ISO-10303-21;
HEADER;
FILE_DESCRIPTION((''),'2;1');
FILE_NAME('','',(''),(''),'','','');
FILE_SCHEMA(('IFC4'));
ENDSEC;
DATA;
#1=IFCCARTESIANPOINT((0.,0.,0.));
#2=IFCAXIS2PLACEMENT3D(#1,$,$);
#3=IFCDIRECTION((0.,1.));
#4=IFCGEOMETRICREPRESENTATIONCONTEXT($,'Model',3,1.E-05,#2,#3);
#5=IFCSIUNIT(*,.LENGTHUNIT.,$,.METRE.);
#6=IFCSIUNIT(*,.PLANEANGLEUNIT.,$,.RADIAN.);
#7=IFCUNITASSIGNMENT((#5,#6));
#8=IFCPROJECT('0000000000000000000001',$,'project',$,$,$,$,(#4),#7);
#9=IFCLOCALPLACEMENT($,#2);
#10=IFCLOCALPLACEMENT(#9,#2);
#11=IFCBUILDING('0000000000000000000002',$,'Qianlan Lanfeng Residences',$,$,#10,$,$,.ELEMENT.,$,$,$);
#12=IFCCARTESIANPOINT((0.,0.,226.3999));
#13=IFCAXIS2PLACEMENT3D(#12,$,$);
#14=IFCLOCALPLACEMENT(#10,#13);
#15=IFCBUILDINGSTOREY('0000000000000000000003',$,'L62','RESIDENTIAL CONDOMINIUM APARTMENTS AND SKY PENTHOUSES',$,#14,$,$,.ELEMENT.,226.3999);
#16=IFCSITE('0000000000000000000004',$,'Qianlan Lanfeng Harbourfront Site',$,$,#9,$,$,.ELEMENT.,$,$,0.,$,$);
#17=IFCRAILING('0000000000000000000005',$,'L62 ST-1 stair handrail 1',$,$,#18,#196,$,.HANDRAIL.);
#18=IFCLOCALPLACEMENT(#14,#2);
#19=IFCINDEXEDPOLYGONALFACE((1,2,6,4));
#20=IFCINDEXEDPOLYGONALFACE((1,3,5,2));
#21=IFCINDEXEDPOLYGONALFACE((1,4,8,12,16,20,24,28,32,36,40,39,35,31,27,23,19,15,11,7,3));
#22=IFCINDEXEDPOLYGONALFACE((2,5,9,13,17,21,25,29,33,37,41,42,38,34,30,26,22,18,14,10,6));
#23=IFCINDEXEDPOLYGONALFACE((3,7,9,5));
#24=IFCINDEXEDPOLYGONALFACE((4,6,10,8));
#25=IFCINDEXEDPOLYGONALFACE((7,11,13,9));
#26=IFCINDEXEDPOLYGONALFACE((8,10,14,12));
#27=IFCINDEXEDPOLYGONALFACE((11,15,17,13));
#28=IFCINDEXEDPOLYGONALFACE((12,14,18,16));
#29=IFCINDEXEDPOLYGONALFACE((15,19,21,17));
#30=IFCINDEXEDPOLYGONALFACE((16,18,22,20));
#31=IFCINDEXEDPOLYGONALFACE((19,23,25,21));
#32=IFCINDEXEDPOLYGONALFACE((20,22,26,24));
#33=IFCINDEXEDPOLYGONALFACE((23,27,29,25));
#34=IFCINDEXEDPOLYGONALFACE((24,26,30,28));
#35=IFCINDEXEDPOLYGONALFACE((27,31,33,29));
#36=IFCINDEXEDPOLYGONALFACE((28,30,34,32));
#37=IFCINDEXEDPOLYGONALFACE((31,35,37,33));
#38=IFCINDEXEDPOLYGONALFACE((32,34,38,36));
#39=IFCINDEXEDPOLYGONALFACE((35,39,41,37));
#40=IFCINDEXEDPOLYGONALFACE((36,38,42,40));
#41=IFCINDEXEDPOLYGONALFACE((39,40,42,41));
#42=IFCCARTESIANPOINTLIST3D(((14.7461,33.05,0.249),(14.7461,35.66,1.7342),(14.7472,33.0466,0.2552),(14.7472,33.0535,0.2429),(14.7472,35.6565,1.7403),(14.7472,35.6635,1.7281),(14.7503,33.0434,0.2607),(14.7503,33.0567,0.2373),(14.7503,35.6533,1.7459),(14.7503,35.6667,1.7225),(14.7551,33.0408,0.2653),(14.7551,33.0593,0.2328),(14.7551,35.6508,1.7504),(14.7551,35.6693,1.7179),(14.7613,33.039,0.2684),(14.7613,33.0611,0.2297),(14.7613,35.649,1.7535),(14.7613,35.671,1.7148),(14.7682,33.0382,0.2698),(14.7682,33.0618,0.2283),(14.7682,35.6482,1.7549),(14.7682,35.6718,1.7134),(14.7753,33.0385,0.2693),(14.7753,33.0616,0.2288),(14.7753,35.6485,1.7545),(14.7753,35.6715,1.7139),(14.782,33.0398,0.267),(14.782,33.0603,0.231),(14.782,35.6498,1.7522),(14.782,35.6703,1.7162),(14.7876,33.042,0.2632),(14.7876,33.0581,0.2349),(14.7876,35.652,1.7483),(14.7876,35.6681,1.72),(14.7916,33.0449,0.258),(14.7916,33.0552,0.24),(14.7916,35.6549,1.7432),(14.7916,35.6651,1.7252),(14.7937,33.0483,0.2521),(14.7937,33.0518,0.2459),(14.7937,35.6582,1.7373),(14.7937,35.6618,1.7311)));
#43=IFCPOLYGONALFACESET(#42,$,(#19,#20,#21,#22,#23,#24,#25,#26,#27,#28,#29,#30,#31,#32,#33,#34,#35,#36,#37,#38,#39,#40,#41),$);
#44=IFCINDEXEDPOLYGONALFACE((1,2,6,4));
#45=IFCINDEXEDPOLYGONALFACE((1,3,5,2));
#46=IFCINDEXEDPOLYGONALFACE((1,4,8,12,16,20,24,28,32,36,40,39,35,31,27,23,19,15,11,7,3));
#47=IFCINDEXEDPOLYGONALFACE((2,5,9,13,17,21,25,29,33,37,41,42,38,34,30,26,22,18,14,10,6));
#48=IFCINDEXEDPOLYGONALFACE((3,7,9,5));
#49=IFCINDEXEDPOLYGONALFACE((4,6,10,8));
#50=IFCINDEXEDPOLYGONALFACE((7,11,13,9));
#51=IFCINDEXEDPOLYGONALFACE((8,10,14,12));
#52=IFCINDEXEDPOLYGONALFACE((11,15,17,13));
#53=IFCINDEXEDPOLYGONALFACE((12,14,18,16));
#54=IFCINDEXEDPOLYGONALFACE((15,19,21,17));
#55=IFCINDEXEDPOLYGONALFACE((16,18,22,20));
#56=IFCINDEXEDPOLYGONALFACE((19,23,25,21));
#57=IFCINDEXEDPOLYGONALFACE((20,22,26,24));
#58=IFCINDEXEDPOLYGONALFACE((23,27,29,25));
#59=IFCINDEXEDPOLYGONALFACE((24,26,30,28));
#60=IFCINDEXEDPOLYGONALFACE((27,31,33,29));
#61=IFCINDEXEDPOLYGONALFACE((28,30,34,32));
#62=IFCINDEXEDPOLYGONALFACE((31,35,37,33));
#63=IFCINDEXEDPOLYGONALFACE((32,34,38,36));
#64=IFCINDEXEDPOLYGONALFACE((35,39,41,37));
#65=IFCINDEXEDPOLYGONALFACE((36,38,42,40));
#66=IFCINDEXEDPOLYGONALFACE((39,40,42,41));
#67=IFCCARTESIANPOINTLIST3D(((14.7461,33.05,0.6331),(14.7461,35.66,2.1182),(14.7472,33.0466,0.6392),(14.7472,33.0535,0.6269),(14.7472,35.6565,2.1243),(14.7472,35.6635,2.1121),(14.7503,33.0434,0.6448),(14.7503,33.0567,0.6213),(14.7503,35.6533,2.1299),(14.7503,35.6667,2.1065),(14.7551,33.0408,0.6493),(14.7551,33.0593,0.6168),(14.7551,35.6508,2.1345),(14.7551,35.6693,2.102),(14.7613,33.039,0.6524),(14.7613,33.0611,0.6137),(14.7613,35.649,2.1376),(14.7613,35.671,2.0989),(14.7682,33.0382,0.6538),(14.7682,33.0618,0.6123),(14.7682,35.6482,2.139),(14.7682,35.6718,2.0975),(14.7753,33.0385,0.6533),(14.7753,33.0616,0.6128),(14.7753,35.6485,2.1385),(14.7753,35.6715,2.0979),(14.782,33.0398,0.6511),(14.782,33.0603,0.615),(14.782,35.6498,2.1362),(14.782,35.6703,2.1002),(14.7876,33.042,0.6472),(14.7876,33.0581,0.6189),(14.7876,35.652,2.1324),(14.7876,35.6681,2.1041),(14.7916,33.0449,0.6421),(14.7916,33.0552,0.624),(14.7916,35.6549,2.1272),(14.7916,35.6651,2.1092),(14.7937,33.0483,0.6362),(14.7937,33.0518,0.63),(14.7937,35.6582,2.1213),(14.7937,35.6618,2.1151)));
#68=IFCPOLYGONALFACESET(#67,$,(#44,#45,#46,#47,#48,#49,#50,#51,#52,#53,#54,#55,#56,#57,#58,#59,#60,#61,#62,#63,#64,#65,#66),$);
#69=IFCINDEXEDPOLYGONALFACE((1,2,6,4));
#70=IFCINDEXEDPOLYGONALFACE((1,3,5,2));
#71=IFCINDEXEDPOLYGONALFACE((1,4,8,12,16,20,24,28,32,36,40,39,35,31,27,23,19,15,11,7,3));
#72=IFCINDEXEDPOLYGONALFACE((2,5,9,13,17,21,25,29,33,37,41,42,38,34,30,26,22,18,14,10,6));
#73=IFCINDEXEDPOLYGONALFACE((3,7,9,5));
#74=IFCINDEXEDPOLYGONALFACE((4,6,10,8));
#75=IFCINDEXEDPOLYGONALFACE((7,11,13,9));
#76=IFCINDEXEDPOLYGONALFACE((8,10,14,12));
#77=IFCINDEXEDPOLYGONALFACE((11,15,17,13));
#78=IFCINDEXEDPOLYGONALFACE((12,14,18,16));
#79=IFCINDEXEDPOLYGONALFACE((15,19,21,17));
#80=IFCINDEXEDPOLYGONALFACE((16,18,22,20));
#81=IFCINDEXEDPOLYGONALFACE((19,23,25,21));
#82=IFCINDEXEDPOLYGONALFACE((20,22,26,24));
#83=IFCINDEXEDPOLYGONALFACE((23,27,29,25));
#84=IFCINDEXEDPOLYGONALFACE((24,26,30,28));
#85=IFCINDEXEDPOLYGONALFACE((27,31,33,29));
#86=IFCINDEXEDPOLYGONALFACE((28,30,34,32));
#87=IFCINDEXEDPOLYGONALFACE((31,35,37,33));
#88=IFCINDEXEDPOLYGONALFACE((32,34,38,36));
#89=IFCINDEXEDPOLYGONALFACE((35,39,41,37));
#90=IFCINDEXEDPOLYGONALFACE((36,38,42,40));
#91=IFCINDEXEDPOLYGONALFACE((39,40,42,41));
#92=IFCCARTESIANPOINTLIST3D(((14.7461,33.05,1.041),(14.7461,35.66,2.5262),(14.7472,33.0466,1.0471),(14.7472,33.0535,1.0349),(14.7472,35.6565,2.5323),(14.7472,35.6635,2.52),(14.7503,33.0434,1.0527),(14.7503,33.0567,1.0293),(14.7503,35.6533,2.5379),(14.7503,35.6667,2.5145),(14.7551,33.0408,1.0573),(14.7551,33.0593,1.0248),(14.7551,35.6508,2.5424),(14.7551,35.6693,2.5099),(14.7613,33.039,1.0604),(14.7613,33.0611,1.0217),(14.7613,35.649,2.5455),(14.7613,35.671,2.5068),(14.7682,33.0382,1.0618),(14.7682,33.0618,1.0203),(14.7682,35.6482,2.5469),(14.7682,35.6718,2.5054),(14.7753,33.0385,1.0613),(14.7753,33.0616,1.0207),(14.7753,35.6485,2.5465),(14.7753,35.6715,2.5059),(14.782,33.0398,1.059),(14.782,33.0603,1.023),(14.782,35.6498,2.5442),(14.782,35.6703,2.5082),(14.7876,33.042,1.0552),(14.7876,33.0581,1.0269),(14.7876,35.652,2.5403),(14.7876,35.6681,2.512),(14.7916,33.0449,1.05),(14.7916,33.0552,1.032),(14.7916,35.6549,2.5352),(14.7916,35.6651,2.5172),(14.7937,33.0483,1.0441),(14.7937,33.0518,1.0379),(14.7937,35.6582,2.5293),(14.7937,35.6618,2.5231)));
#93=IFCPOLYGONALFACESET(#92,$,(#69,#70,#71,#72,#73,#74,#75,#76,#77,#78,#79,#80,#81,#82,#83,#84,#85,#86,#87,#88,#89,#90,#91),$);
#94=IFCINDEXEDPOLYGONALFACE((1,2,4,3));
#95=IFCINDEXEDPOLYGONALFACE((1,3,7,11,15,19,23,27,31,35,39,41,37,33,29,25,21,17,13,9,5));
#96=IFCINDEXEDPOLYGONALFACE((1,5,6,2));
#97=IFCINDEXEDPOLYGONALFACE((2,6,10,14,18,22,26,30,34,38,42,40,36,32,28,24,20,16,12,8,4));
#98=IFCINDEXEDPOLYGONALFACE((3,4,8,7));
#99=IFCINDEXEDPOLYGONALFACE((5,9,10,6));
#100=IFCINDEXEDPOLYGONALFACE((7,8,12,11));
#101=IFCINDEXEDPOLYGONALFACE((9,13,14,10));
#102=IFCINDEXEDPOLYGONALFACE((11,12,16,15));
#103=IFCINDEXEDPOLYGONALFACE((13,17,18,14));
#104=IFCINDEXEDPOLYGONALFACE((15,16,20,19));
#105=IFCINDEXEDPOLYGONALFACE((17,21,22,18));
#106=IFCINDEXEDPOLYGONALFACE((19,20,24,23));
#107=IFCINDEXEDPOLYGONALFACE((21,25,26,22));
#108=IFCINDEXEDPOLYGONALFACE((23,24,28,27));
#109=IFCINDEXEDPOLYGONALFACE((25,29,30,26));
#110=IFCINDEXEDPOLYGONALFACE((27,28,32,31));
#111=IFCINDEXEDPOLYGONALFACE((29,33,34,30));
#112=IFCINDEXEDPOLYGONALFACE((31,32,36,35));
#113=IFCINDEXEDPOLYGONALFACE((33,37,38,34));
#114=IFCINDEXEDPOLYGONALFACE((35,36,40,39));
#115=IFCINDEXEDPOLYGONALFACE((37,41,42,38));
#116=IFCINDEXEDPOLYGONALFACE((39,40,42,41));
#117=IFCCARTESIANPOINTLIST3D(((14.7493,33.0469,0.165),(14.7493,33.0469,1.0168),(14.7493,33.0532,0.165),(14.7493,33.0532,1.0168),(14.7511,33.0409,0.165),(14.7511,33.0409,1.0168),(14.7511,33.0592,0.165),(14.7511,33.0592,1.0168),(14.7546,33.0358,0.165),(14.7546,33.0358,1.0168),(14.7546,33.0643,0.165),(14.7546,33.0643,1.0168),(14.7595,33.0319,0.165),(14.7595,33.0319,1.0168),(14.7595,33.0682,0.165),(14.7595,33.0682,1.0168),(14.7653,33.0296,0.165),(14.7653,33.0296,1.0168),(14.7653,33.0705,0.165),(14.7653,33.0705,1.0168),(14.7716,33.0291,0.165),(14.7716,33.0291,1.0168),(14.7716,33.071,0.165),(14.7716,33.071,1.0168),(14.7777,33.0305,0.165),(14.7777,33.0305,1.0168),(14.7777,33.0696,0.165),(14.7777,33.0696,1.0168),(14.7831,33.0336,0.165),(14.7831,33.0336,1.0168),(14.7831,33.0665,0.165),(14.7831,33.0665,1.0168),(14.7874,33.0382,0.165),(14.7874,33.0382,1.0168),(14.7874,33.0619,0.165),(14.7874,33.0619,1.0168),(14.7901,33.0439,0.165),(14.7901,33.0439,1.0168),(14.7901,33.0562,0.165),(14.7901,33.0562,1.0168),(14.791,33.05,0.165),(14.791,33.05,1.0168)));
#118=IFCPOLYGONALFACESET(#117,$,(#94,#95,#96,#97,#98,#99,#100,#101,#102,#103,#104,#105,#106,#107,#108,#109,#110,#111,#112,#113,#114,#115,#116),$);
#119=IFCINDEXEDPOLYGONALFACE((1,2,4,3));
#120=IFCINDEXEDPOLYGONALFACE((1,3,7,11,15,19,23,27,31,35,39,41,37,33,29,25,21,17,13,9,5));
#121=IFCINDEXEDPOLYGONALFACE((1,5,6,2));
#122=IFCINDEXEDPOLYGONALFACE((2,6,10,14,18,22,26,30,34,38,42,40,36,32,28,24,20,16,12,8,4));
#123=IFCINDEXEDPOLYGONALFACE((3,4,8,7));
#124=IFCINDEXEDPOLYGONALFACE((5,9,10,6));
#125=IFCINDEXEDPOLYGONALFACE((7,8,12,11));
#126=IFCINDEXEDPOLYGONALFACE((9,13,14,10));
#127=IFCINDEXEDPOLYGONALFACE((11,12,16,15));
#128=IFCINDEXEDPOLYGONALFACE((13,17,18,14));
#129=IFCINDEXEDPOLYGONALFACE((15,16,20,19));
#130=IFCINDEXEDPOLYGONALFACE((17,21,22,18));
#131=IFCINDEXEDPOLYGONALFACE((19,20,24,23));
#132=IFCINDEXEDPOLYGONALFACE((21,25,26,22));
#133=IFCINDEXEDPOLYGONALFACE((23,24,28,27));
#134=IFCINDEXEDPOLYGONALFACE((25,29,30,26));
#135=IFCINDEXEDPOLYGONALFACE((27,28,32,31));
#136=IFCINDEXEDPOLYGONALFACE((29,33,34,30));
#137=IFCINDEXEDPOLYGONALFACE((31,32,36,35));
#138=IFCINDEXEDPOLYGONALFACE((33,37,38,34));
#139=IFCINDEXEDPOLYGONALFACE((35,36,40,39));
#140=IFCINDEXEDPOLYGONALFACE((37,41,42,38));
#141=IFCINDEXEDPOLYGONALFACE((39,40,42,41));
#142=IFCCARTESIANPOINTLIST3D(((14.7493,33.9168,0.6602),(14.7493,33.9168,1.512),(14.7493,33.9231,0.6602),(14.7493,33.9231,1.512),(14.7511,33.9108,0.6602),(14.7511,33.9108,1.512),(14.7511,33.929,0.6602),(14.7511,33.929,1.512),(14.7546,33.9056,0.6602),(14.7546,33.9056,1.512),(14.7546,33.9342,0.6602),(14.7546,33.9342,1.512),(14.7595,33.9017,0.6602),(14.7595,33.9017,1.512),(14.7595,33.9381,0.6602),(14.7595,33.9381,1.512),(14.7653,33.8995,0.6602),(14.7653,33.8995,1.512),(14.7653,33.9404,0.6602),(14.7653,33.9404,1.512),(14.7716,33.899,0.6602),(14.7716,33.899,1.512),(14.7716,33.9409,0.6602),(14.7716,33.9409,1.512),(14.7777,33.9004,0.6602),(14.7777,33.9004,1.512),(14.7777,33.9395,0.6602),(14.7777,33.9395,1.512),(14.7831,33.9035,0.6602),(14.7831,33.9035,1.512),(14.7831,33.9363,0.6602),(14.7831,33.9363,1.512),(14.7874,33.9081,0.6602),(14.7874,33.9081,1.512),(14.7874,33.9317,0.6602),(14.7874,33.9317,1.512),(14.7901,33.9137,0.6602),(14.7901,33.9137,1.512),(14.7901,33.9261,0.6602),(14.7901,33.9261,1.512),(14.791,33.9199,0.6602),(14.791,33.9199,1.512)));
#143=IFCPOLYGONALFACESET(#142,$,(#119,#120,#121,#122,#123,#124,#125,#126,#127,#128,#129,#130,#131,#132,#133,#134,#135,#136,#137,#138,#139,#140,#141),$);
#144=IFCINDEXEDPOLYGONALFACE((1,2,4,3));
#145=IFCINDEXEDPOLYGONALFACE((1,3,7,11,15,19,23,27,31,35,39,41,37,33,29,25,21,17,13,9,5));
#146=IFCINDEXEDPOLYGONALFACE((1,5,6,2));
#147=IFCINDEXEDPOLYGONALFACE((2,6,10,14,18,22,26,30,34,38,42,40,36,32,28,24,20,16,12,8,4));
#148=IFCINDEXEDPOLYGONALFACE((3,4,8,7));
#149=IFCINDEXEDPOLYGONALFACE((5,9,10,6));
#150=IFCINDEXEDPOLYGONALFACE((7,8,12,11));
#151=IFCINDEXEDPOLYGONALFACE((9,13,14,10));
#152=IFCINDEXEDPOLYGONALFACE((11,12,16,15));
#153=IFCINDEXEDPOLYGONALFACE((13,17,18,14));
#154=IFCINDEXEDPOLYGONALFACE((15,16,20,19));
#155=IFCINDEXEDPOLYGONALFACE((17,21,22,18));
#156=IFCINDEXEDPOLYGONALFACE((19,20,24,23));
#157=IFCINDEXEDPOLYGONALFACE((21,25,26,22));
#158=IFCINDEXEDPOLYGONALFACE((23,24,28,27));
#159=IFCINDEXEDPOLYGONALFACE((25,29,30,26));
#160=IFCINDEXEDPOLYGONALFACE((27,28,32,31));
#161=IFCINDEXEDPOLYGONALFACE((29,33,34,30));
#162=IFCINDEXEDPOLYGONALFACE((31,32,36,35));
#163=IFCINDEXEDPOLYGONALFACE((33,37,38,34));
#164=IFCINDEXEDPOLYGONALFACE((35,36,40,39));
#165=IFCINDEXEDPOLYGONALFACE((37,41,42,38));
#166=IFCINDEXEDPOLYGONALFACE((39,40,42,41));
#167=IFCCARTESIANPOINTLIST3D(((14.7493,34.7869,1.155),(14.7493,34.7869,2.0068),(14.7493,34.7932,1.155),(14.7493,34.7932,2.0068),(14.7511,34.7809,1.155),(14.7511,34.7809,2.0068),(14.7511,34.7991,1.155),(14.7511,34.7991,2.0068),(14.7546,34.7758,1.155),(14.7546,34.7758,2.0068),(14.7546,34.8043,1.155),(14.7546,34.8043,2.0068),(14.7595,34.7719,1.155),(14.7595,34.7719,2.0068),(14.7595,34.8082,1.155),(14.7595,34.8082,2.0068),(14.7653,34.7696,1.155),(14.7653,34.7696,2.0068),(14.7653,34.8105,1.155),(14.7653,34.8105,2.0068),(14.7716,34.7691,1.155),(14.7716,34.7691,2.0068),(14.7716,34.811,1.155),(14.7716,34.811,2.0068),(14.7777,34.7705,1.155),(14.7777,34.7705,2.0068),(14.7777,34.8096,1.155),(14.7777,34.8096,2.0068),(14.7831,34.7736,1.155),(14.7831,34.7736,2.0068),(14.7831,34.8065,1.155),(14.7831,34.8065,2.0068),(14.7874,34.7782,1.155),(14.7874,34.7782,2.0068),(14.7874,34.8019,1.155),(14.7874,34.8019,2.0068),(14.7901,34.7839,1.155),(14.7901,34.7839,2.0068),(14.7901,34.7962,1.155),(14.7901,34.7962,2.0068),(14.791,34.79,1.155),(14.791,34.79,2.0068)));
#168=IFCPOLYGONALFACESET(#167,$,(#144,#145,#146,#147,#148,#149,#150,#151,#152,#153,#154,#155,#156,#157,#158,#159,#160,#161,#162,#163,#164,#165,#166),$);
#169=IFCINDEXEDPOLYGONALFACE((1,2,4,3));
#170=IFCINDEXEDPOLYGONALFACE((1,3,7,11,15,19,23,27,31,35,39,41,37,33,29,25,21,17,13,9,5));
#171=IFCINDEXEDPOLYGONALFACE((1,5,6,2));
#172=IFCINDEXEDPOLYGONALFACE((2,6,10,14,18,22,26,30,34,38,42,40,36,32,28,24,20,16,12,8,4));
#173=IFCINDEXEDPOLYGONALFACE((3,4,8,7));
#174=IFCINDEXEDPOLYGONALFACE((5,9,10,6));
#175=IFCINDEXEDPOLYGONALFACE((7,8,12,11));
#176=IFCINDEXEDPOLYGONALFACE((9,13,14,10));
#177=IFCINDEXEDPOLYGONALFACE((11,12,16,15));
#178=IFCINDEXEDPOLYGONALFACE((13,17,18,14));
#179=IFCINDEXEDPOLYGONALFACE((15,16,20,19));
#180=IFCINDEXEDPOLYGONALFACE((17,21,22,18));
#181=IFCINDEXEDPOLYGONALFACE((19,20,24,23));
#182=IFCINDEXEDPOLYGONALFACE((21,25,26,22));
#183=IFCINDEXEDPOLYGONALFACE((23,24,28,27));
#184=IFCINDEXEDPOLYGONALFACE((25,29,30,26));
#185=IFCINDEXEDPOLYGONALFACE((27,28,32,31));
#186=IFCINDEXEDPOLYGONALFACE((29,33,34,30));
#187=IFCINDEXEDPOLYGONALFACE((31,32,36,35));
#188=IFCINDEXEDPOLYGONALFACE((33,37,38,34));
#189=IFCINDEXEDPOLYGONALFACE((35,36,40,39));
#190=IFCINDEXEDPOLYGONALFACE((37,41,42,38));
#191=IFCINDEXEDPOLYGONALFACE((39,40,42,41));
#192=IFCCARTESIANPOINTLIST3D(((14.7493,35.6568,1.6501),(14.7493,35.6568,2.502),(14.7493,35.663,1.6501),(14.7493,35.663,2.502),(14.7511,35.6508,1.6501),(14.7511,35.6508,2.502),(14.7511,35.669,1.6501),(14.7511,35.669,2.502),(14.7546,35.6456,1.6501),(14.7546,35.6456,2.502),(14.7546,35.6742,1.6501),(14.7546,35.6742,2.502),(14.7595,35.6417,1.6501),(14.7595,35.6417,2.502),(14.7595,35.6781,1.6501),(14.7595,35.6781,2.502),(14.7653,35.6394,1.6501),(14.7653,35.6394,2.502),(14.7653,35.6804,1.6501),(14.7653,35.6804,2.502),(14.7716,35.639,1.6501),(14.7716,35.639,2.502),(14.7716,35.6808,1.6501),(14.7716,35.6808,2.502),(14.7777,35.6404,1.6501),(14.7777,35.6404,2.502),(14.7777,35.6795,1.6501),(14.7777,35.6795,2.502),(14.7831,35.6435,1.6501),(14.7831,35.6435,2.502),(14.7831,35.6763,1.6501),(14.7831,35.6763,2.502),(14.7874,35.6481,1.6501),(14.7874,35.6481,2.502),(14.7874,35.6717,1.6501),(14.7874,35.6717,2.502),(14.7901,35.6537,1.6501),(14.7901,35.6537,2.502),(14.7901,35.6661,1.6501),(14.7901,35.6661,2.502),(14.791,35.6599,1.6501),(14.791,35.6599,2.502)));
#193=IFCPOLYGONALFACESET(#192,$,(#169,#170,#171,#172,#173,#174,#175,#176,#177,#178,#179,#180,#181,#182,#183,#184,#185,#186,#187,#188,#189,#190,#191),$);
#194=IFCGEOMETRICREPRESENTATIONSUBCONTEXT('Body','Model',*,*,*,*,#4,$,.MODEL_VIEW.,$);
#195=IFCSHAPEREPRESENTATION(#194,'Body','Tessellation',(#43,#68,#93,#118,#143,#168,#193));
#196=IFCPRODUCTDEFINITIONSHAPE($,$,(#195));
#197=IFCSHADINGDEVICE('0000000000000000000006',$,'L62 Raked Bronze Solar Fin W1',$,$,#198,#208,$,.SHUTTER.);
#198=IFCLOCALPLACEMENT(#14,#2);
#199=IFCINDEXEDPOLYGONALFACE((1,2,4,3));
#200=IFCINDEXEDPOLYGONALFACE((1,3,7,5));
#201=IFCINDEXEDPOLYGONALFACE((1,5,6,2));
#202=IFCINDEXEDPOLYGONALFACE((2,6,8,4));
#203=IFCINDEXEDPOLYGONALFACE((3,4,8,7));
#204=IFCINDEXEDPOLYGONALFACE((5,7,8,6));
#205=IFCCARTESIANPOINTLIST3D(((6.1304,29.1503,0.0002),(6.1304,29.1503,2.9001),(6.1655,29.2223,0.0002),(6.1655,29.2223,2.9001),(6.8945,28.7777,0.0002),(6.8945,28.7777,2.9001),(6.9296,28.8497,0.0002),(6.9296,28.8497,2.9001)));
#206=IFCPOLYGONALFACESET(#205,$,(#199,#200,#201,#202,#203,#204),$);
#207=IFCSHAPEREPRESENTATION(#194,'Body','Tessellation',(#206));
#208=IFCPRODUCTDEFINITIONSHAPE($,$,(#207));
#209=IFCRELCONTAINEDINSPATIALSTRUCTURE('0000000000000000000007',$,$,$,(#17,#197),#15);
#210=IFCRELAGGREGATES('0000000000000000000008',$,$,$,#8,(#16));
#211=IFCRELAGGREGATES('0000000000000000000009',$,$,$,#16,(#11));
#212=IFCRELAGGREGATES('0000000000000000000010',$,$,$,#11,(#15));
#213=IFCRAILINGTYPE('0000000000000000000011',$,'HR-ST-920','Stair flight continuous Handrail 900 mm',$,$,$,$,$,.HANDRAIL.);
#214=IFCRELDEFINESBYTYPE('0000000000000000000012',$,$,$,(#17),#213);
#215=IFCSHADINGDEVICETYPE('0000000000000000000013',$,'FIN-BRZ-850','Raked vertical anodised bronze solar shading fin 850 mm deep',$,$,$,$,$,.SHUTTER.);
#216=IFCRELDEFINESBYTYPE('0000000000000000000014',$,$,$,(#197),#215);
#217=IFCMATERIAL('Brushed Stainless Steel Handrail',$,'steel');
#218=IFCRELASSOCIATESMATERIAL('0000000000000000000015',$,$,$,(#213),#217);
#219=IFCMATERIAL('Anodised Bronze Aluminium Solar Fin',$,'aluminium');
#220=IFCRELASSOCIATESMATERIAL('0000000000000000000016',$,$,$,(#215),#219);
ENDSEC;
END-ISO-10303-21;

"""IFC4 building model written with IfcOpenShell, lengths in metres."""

from ifc_helpers import new_model, si_unit, direction, frame, origin, origin_2d, place, context, subcontext, project, spatial, rectangle, circle, extrude, source, transform, mapped, material, type_object, element, save


model = new_model("IFC4")

# Units and contexts
model_context = context("Model", 3, precision=1e-05, world=origin(), true_north=direction((0.0, 1.0)))
body_context = subcontext(model_context, "Body", "Model", "MODEL_VIEW")
ifc_project = project(units=[si_unit("LENGTHUNIT", "METRE"), si_unit("PLANEANGLEUNIT", "RADIAN")], contexts=[model_context])

# Site, building, storey
site_placement = place(None, origin())
site = spatial("IfcSite", under=ifc_project, at=site_placement, Name="Qianlan Lanfeng Harbourfront Site", CompositionType="ELEMENT", RefElevation=0.0)
building_placement = place(site_placement, origin())
building = spatial("IfcBuilding", under=site, at=building_placement, Name="Qianlan Lanfeng Residences", CompositionType="ELEMENT")
storey_placement = place(building_placement, frame((0.0, 0.0, 226.3999)))
storey = spatial("IfcBuildingStorey", under=building, at=storey_placement, Name="L62", Description="RESIDENTIAL CONDOMINIUM APARTMENTS AND SKY PENTHOUSES", CompositionType="ELEMENT", Elevation=226.3999)

# Railing
ifc_material_1 = material(Name="Brushed Stainless Steel Handrail", Category="steel")
railing_type_1 = type_object("IfcRailingType", Name="HR-ST-920", Description="Stair flight continuous Handrail 900 mm", PredefinedType="HANDRAIL", material=ifc_material_1)
railing_1_placement = place(storey_placement, frame((14.77, 33.05, 0.165)))
element("IfcRailing", 1, at=railing_1_placement, inside=storey, type_object=railing_type_1, Name="L62 ST-1 stair handrail 1", PredefinedType="HANDRAIL", context=body_context, shape_type="SweptSolid", body=[
    extrude(circle(Radius=0.0239, at=origin_2d()), frame((0.0, 0.0, 0.084), z_axis=(0.0, 0.869137, 0.494571), x_axis=(-1.0, 0.0, 0.0)), (0.0, 0.0, 1.0), 3.0029),
    extrude(circle(Radius=0.0239, at=origin_2d()), frame((0.0, 0.0, 0.468), z_axis=(0.0, 0.869137, 0.494571), x_axis=(-1.0, 0.0, 0.0)), (0.0, 0.0, 1.0), 3.0029),
    extrude(circle(Radius=0.0239, at=origin_2d()), frame((0.0, 0.0, 0.876), z_axis=(0.0, 0.869137, 0.494571), x_axis=(-1.0, 0.0, 0.0)), (0.0, 0.0, 1.0), 3.0029),
    extrude(circle(Radius=0.021, at=origin_2d()), origin(), (0.0, 0.0, 1.0), 0.8518),
    extrude(circle(Radius=0.021, at=origin_2d()), frame((0.0, 0.8699, 0.4951)), (0.0, 0.0, 1.0), 0.8518),
    extrude(circle(Radius=0.021, at=origin_2d()), frame((0.0, 1.74, 0.99)), (0.0, 0.0, 1.0), 0.8518),
    extrude(circle(Radius=0.021, at=origin_2d()), frame((0.0, 2.6099, 1.4851)), (0.0, 0.0, 1.0), 0.8518),
])

# Shading device
ifc_material_2 = material(Name="Anodised Bronze Aluminium Solar Fin", Category="aluminium")
shading_device_type = type_object("IfcShadingDeviceType", Name="FIN-BRZ-850", Description="Raked vertical anodised bronze solar shading fin 850 mm deep", PredefinedType="SHUTTER", material=ifc_material_2)
shared_shape_1 = source(origin(), body_context, "Body", "SweptSolid", [
    extrude(rectangle(XDim=0.8501, YDim=0.0801, at=origin_2d()), origin(), (0.0, 0.0, 1.0), 2.8999),
])
for number, where, z_axis, x_axis, name in (
    (2, (6.53, 29.0, 0.0002), (0.0, 0.0, 1.0), (0.898794, -0.438371, 0.0), "L62 Raked Bronze Solar Fin W1"),
):
    element("IfcShadingDevice", number, at=place(storey_placement, frame(where, z_axis=z_axis, x_axis=x_axis)), inside=storey, type_object=shading_device_type, Name=name, PredefinedType="SHUTTER", context=body_context, shape_type="MappedRepresentation", body=[
        mapped(shared_shape_1, transform((0.0, 0.0, 0.0), scale=1.0)),
    ])

save(model, "model.ifc")
